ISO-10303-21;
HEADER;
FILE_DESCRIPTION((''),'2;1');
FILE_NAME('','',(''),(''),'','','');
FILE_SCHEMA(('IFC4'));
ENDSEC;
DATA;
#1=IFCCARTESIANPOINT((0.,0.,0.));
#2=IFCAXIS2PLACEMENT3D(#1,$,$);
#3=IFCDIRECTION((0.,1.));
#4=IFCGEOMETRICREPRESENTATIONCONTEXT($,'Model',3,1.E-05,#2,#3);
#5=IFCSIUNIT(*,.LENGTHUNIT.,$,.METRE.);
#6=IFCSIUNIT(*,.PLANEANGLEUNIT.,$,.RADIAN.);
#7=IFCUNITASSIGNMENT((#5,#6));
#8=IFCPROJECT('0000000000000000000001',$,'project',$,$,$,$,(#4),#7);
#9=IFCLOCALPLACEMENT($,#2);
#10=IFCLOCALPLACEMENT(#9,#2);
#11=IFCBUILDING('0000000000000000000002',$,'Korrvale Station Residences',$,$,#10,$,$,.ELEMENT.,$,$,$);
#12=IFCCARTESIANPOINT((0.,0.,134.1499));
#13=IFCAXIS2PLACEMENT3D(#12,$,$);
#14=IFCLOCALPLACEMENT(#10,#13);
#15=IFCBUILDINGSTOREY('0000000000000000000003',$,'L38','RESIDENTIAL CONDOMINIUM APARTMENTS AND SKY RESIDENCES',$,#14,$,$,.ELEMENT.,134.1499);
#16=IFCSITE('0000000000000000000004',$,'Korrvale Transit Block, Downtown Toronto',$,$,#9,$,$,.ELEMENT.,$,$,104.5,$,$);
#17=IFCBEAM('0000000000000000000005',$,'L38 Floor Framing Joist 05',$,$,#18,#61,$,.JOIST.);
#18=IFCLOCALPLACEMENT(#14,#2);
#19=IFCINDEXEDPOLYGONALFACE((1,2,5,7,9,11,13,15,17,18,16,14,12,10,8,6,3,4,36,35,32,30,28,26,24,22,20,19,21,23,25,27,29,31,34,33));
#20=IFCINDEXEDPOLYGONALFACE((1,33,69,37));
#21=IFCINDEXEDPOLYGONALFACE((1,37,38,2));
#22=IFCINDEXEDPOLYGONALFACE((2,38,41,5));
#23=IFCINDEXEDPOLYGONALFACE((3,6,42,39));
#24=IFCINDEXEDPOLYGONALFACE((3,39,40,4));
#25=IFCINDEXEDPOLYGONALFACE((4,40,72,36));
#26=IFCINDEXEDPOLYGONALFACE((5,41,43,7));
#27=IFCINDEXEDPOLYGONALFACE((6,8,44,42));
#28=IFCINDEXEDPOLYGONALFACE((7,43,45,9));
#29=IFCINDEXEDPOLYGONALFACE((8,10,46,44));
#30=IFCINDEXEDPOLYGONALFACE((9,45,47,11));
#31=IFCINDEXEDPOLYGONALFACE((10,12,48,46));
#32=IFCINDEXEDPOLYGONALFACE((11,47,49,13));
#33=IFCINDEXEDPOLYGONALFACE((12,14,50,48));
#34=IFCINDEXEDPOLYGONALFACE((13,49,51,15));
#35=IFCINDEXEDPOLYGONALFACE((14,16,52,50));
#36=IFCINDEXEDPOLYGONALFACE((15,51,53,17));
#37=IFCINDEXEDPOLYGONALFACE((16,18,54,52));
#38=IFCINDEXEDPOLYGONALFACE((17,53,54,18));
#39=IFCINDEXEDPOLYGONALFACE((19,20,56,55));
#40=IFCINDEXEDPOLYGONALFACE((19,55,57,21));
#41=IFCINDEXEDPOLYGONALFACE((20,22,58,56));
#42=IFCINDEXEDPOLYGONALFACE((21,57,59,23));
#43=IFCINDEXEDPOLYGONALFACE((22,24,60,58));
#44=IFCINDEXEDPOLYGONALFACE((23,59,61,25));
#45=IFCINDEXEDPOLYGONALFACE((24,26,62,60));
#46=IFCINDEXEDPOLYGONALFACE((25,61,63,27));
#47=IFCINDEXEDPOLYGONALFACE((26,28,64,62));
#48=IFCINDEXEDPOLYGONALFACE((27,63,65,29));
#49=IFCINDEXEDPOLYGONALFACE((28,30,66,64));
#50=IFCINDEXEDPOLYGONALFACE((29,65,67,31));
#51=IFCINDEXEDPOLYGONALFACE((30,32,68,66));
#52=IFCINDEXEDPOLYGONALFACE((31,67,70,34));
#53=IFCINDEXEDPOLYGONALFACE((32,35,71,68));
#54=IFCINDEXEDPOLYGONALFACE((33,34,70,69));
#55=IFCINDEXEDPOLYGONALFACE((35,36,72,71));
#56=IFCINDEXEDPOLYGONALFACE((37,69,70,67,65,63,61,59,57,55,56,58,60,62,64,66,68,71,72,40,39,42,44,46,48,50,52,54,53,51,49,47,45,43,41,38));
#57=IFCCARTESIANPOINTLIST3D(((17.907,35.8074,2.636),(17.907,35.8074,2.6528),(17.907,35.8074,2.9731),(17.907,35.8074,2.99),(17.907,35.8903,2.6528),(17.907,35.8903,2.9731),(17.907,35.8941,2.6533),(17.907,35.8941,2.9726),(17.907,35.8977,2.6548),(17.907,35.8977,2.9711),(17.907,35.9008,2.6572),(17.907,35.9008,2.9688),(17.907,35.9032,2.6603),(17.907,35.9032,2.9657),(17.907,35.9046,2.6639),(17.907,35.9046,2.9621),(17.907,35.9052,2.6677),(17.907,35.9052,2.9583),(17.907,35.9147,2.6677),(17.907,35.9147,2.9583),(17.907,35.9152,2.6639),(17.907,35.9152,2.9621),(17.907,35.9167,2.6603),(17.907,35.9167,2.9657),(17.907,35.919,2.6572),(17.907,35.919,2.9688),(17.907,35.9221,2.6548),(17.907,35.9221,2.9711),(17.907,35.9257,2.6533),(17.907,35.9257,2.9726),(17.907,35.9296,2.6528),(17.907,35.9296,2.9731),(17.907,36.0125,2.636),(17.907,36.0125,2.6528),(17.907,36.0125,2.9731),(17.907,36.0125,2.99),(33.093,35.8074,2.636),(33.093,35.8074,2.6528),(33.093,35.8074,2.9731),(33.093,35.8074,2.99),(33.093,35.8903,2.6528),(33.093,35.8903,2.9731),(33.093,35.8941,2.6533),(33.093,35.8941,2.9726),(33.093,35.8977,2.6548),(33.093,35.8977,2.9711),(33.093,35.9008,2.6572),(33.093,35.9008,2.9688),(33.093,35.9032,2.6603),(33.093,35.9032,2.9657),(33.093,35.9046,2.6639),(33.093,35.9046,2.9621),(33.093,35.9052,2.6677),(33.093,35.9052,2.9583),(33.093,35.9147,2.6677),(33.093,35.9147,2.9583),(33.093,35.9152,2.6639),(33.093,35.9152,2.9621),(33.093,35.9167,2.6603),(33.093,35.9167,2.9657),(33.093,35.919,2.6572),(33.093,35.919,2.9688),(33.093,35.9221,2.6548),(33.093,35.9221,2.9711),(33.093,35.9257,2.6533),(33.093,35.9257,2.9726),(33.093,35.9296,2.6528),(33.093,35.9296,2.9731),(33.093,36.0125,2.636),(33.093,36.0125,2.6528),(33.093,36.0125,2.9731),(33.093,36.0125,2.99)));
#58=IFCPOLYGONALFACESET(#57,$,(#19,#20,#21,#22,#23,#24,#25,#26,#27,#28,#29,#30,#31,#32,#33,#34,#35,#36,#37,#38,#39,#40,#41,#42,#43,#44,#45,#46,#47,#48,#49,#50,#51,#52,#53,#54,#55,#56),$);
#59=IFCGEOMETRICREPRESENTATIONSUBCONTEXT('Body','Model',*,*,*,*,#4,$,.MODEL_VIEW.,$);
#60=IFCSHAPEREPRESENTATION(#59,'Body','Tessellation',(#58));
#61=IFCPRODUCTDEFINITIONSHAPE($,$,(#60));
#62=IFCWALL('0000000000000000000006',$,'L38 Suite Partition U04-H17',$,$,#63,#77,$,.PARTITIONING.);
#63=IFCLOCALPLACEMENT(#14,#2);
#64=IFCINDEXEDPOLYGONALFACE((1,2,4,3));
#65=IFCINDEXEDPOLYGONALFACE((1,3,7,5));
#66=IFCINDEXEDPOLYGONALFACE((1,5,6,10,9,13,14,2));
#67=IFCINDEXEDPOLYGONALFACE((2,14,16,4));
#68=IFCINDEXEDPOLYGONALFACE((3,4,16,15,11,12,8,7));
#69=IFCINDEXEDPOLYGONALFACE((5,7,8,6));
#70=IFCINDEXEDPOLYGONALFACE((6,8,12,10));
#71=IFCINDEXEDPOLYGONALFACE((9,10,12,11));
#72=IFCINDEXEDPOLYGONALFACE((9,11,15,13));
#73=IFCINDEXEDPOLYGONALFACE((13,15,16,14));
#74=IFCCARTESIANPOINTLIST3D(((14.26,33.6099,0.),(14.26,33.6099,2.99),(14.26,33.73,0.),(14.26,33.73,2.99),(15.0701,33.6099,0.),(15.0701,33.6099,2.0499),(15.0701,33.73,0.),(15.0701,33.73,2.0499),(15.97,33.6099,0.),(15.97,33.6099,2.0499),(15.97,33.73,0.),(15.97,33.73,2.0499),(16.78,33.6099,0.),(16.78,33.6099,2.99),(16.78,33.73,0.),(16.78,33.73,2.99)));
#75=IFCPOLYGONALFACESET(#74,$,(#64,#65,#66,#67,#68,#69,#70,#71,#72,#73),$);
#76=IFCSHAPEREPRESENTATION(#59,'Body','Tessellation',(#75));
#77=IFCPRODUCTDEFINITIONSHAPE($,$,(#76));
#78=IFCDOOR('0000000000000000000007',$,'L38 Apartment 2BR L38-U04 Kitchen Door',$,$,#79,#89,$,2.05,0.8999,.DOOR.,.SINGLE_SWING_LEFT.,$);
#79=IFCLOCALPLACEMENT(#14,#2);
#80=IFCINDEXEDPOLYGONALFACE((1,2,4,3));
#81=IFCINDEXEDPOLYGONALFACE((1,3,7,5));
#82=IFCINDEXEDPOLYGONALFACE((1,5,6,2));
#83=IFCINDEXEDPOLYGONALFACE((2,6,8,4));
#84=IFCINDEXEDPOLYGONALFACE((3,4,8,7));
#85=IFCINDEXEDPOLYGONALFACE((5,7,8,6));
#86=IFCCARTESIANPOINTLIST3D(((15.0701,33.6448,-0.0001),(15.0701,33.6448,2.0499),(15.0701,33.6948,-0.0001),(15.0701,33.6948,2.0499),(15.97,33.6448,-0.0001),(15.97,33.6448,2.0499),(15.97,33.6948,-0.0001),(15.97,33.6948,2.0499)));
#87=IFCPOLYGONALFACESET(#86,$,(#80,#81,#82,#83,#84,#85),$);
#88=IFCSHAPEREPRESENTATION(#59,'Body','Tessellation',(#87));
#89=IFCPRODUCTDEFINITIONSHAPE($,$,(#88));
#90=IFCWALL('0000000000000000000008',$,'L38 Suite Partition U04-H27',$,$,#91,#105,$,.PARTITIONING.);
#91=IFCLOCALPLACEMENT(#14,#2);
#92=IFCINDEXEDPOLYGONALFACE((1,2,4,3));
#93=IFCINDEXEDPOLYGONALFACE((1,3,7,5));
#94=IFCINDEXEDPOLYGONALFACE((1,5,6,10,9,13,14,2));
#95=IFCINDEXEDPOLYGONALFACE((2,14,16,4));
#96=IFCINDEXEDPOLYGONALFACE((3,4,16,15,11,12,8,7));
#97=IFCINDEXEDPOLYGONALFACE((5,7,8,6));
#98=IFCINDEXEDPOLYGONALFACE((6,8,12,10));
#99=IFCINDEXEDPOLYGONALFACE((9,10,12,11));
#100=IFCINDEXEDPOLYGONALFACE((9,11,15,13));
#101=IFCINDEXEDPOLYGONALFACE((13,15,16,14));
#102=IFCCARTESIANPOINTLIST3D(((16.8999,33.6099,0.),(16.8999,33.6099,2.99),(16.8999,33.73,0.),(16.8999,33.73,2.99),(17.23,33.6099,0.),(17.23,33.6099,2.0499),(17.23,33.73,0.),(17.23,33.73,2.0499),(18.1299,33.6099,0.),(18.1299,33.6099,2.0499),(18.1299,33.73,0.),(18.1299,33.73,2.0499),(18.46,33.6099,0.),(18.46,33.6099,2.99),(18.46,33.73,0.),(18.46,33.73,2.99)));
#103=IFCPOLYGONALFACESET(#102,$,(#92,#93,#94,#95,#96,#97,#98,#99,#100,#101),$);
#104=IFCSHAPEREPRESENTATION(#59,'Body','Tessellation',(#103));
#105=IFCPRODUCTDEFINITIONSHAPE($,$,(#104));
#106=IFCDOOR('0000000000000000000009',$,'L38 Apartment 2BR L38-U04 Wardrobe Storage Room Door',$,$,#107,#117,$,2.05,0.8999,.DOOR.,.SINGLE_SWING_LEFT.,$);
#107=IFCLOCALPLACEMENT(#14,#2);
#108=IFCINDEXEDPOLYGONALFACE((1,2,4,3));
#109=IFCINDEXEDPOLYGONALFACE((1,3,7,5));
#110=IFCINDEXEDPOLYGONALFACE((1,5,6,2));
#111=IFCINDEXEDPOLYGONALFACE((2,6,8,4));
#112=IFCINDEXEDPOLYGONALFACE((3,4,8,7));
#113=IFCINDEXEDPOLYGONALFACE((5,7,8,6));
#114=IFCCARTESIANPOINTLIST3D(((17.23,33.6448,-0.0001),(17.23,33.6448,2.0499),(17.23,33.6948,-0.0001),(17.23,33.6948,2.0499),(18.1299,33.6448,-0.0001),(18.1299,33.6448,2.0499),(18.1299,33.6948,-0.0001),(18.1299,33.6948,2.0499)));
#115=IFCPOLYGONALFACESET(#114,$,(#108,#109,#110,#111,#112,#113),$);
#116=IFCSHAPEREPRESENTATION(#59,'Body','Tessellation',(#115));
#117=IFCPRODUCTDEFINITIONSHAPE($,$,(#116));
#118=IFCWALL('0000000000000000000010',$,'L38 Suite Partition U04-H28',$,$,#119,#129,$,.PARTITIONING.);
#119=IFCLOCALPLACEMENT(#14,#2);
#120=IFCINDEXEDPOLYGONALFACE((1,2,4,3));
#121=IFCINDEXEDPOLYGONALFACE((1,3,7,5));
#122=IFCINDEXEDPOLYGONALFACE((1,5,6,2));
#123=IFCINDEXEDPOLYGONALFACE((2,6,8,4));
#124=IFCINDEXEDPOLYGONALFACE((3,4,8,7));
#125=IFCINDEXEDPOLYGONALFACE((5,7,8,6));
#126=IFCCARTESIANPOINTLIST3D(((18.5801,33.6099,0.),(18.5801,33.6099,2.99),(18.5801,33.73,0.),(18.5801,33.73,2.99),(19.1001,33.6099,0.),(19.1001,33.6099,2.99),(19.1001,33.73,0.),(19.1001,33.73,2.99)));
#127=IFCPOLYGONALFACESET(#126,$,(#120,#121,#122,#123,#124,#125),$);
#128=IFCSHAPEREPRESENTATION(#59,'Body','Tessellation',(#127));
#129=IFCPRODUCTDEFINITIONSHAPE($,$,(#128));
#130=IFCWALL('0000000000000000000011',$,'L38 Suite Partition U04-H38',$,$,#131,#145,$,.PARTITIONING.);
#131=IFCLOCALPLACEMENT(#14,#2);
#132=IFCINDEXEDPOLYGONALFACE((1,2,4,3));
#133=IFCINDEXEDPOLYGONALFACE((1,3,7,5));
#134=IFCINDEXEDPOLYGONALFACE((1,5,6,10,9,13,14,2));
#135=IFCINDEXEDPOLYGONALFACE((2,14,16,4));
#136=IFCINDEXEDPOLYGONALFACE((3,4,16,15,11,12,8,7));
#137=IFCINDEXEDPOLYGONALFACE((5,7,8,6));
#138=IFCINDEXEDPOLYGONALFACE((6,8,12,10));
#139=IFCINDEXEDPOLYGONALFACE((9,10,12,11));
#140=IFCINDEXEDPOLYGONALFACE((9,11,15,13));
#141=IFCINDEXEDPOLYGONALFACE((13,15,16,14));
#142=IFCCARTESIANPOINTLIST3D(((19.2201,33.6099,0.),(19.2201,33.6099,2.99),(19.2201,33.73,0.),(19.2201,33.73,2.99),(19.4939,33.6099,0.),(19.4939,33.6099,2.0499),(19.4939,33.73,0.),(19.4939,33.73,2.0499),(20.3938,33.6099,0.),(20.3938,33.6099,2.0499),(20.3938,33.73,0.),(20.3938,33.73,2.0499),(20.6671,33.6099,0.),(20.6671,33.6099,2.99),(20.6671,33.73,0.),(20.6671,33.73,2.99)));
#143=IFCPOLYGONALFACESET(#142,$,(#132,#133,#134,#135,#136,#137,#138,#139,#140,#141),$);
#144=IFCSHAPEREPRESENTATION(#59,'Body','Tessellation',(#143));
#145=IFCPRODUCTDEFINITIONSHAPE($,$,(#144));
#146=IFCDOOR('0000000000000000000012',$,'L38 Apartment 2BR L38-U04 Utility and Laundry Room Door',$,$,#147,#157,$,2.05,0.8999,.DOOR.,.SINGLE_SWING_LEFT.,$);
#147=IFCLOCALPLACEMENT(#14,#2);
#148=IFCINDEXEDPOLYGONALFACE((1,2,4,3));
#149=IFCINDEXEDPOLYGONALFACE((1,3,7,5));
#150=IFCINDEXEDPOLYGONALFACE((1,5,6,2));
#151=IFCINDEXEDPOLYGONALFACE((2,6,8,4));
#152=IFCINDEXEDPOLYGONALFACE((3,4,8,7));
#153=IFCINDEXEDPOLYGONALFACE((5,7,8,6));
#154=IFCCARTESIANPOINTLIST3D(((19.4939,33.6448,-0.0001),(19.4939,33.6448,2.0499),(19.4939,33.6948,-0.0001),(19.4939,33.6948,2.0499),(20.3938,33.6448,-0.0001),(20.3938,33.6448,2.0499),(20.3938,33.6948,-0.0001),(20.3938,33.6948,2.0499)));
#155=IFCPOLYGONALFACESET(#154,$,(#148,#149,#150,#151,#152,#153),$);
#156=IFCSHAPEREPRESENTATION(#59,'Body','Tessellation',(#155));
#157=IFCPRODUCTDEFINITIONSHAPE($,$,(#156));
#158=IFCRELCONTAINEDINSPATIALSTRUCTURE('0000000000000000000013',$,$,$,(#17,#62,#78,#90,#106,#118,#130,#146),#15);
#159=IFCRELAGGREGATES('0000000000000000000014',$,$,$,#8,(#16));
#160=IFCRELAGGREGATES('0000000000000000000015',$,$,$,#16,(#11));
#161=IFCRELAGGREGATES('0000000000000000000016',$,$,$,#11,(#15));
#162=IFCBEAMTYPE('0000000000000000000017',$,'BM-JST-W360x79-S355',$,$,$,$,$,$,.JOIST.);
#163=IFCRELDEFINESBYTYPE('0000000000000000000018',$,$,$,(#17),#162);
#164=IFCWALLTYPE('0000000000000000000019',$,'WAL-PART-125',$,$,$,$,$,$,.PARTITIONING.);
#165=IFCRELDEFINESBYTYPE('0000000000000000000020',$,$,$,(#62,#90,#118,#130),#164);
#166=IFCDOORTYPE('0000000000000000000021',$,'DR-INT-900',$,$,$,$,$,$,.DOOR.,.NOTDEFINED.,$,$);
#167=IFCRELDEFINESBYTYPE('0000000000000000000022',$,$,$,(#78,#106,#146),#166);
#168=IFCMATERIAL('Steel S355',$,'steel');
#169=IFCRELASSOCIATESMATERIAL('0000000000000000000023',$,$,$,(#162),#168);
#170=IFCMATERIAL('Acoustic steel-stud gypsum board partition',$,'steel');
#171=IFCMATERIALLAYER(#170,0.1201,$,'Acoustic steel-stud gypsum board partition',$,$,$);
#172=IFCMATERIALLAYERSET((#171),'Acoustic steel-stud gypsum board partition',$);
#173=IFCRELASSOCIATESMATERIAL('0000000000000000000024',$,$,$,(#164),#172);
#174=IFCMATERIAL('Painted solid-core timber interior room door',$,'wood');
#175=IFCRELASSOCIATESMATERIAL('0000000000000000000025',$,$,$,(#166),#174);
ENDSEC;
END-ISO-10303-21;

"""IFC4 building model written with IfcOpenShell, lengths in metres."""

from ifc_helpers import new_model, si_unit, direction, frame, frame_2d, origin, origin_2d, place, context, subcontext, project, spatial, rectangle, i_section, extrude, material, layer, layer_set, material_profile, profile_set, type_object, element, fill, save


model = new_model("IFC4")

# Units and contexts
model_context = context("Model", 3, precision=1e-05, world=origin(), true_north=direction((0.0, 1.0)))
body_context = subcontext(model_context, "Body", "Model", "MODEL_VIEW")
ifc_project = project(units=[si_unit("LENGTHUNIT", "METRE"), si_unit("PLANEANGLEUNIT", "RADIAN")], contexts=[model_context])

# Site, building, storey
site_placement = place(None, origin())
site = spatial("IfcSite", under=ifc_project, at=site_placement, Name="Korrvale Transit Block, Downtown Toronto", CompositionType="ELEMENT", RefElevation=104.5)
building_placement = place(site_placement, origin())
building = spatial("IfcBuilding", under=site, at=building_placement, Name="Korrvale Station Residences", CompositionType="ELEMENT")
storey_placement = place(building_placement, frame((0.0, 0.0, 134.1499)))
storey = spatial("IfcBuildingStorey", under=building, at=storey_placement, Name="L38", Description="RESIDENTIAL CONDOMINIUM APARTMENTS AND SKY RESIDENCES", CompositionType="ELEMENT", Elevation=134.1499)

# Beam
ifc_material_1 = material(Name="Steel S355", Category="steel")
ifc_material_profile = material_profile(ifc_material_1, i_section(OverallWidth=0.2051, OverallDepth=0.354, WebThickness=0.0095, FlangeThickness=0.0168, FilletRadius=0.0149, at=origin_2d()), Name="W360x79")
ifc_profile_set = profile_set([ifc_material_profile], Name="Steel S355")
beam_type = type_object("IfcBeamType", Name="BM-JST-W360x79-S355", PredefinedType="JOIST", material=ifc_profile_set)
beam_placement = place(storey_placement, frame((17.907, 35.9099, 2.813), z_axis=(1.0, 0.0, 0.0), x_axis=(0.0, 1.0, 0.0)))
element("IfcBeam", 1, at=beam_placement, inside=storey, type_object=beam_type, Name="L38 Floor Framing Joist 05", PredefinedType="JOIST", context=body_context, shape_type="SweptSolid", body=[
    extrude(i_section(OverallWidth=0.2051, OverallDepth=0.354, WebThickness=0.0095, FlangeThickness=0.0168, FilletRadius=0.0149, at=origin_2d()), origin(), (0.0, 0.0, 1.0), 15.186),
])

# Walls, openings, doors
ifc_material_2 = material(Name="Acoustic steel-stud gypsum board partition", Category="steel")
ifc_layer = layer(ifc_material_2, 0.1201, Name="Acoustic steel-stud gypsum board partition")
ifc_layer_set = layer_set([ifc_layer], Name="Acoustic steel-stud gypsum board partition")
wall_type = type_object("IfcWallType", Name="WAL-PART-125", PredefinedType="PARTITIONING", material=ifc_layer_set)
wall_1_placement = place(storey_placement, frame((14.26, 33.6699, 0.0), z_axis=(0.0, 0.0, 1.0), x_axis=(1.0, 0.0, 0.0)))
wall_1 = element("IfcWall", 2, at=wall_1_placement, inside=storey, type_object=wall_type, Name="L38 Suite Partition U04-H17", PredefinedType="PARTITIONING", context=body_context, shape_type="SweptSolid", body=[
    extrude(rectangle(XDim=2.52, YDim=0.1201, at=frame_2d((1.26, 0.0))), origin(), (0.0, 0.0, 1.0), 2.99),
])
opening_1_placement = place(wall_1_placement, frame((0.8101, 0.0, 0.0)))
opening_1 = element("IfcOpeningElement", 3, at=opening_1_placement, cuts=wall_1, PredefinedType="OPENING", context=body_context, shape_type="SweptSolid", body=[
    extrude(rectangle(XDim=0.8999, YDim=2.05, at=frame_2d((0.45, 1.0249))), frame((0.0, 0.0701, 0.0), z_axis=(0.0, -1.0, 0.0), x_axis=(1.0, 0.0, 0.0)), (0.0, 0.0, 1.0), 0.1401),
])
ifc_material_3 = material(Name="Painted solid-core timber interior room door", Category="wood")
door_type = type_object("IfcDoorType", Name="DR-INT-900", OperationType="NOTDEFINED", PredefinedType="DOOR", material=ifc_material_3)
door_1_placement = place(opening_1_placement, origin())
door_1 = element("IfcDoor", 4, at=door_1_placement, inside=storey, type_object=door_type, Name="L38 Apartment 2BR L38-U04 Kitchen Door", OperationType="SINGLE_SWING_LEFT", OverallHeight=2.05, OverallWidth=0.8999, PredefinedType="DOOR", context=body_context, shape_type="SweptSolid", body=[
    extrude(rectangle(XDim=0.8999, YDim=2.05, at=frame_2d((0.45, 1.0249))), frame((0.0, 0.0249, 0.0), z_axis=(0.0, -1.0, 0.0), x_axis=(1.0, 0.0, 0.0)), (0.0, 0.0, 1.0), 0.05),
])
fill(opening_1, door_1)
wall_2_placement = place(storey_placement, frame((16.8999, 33.6699, 0.0), z_axis=(0.0, 0.0, 1.0), x_axis=(1.0, 0.0, 0.0)))
wall_2 = element("IfcWall", 5, at=wall_2_placement, inside=storey, type_object=wall_type, Name="L38 Suite Partition U04-H27", PredefinedType="PARTITIONING", context=body_context, shape_type="SweptSolid", body=[
    extrude(rectangle(XDim=1.5601, YDim=0.1201, at=frame_2d((0.78, 0.0))), origin(), (0.0, 0.0, 1.0), 2.99),
])
opening_2_placement = place(wall_2_placement, frame((0.3301, 0.0, 0.0)))
opening_2 = element("IfcOpeningElement", 6, at=opening_2_placement, cuts=wall_2, PredefinedType="OPENING", context=body_context, shape_type="SweptSolid", body=[
    extrude(rectangle(XDim=0.8999, YDim=2.05, at=frame_2d((0.45, 1.0249))), frame((0.0, 0.0701, 0.0), z_axis=(0.0, -1.0, 0.0), x_axis=(1.0, 0.0, 0.0)), (0.0, 0.0, 1.0), 0.1401),
])
door_2_placement = place(opening_2_placement, origin())
door_2 = element("IfcDoor", 7, at=door_2_placement, inside=storey, type_object=door_type, Name="L38 Apartment 2BR L38-U04 Wardrobe Storage Room Door", OperationType="SINGLE_SWING_LEFT", OverallHeight=2.05, OverallWidth=0.8999, PredefinedType="DOOR", context=body_context, shape_type="SweptSolid", body=[
    extrude(rectangle(XDim=0.8999, YDim=2.05, at=frame_2d((0.45, 1.0249))), frame((0.0, 0.0249, 0.0), z_axis=(0.0, -1.0, 0.0), x_axis=(1.0, 0.0, 0.0)), (0.0, 0.0, 1.0), 0.05),
])
fill(opening_2, door_2)

# Wall
wall_3_placement = place(storey_placement, frame((18.5801, 33.6699, 0.0), z_axis=(0.0, 0.0, 1.0), x_axis=(1.0, 0.0, 0.0)))
element("IfcWall", 8, at=wall_3_placement, inside=storey, type_object=wall_type, Name="L38 Suite Partition U04-H28", PredefinedType="PARTITIONING", context=body_context, shape_type="SweptSolid", body=[
    extrude(rectangle(XDim=0.52, YDim=0.1201, at=frame_2d((0.26, 0.0))), origin(), (0.0, 0.0, 1.0), 2.99),
])

# Wall, opening, door
wall_4_placement = place(storey_placement, frame((19.22, 33.6699, 0.0), z_axis=(0.0, 0.0, 1.0), x_axis=(1.0, 0.0, 0.0)))
wall_4 = element("IfcWall", 9, at=wall_4_placement, inside=storey, type_object=wall_type, Name="L38 Suite Partition U04-H38", PredefinedType="PARTITIONING", context=body_context, shape_type="SweptSolid", body=[
    extrude(rectangle(XDim=1.447, YDim=0.1201, at=frame_2d((0.7236, 0.0))), origin(), (0.0, 0.0, 1.0), 2.99),
])
opening_3_placement = place(wall_4_placement, frame((0.2739, 0.0, 0.0)))
opening_3 = element("IfcOpeningElement", 10, at=opening_3_placement, cuts=wall_4, PredefinedType="OPENING", context=body_context, shape_type="SweptSolid", body=[
    extrude(rectangle(XDim=0.8999, YDim=2.05, at=frame_2d((0.45, 1.0249))), frame((0.0, 0.0701, 0.0), z_axis=(0.0, -1.0, 0.0), x_axis=(1.0, 0.0, 0.0)), (0.0, 0.0, 1.0), 0.1401),
])
door_3_placement = place(opening_3_placement, origin())
door_3 = element("IfcDoor", 11, at=door_3_placement, inside=storey, type_object=door_type, Name="L38 Apartment 2BR L38-U04 Utility and Laundry Room Door", OperationType="SINGLE_SWING_LEFT", OverallHeight=2.05, OverallWidth=0.8999, PredefinedType="DOOR", context=body_context, shape_type="SweptSolid", body=[
    extrude(rectangle(XDim=0.8999, YDim=2.05, at=frame_2d((0.45, 1.0249))), frame((0.0, 0.0249, 0.0), z_axis=(0.0, -1.0, 0.0), x_axis=(1.0, 0.0, 0.0)), (0.0, 0.0, 1.0), 0.05),
])
fill(opening_3, door_3)

save(model, "model.ifc")
